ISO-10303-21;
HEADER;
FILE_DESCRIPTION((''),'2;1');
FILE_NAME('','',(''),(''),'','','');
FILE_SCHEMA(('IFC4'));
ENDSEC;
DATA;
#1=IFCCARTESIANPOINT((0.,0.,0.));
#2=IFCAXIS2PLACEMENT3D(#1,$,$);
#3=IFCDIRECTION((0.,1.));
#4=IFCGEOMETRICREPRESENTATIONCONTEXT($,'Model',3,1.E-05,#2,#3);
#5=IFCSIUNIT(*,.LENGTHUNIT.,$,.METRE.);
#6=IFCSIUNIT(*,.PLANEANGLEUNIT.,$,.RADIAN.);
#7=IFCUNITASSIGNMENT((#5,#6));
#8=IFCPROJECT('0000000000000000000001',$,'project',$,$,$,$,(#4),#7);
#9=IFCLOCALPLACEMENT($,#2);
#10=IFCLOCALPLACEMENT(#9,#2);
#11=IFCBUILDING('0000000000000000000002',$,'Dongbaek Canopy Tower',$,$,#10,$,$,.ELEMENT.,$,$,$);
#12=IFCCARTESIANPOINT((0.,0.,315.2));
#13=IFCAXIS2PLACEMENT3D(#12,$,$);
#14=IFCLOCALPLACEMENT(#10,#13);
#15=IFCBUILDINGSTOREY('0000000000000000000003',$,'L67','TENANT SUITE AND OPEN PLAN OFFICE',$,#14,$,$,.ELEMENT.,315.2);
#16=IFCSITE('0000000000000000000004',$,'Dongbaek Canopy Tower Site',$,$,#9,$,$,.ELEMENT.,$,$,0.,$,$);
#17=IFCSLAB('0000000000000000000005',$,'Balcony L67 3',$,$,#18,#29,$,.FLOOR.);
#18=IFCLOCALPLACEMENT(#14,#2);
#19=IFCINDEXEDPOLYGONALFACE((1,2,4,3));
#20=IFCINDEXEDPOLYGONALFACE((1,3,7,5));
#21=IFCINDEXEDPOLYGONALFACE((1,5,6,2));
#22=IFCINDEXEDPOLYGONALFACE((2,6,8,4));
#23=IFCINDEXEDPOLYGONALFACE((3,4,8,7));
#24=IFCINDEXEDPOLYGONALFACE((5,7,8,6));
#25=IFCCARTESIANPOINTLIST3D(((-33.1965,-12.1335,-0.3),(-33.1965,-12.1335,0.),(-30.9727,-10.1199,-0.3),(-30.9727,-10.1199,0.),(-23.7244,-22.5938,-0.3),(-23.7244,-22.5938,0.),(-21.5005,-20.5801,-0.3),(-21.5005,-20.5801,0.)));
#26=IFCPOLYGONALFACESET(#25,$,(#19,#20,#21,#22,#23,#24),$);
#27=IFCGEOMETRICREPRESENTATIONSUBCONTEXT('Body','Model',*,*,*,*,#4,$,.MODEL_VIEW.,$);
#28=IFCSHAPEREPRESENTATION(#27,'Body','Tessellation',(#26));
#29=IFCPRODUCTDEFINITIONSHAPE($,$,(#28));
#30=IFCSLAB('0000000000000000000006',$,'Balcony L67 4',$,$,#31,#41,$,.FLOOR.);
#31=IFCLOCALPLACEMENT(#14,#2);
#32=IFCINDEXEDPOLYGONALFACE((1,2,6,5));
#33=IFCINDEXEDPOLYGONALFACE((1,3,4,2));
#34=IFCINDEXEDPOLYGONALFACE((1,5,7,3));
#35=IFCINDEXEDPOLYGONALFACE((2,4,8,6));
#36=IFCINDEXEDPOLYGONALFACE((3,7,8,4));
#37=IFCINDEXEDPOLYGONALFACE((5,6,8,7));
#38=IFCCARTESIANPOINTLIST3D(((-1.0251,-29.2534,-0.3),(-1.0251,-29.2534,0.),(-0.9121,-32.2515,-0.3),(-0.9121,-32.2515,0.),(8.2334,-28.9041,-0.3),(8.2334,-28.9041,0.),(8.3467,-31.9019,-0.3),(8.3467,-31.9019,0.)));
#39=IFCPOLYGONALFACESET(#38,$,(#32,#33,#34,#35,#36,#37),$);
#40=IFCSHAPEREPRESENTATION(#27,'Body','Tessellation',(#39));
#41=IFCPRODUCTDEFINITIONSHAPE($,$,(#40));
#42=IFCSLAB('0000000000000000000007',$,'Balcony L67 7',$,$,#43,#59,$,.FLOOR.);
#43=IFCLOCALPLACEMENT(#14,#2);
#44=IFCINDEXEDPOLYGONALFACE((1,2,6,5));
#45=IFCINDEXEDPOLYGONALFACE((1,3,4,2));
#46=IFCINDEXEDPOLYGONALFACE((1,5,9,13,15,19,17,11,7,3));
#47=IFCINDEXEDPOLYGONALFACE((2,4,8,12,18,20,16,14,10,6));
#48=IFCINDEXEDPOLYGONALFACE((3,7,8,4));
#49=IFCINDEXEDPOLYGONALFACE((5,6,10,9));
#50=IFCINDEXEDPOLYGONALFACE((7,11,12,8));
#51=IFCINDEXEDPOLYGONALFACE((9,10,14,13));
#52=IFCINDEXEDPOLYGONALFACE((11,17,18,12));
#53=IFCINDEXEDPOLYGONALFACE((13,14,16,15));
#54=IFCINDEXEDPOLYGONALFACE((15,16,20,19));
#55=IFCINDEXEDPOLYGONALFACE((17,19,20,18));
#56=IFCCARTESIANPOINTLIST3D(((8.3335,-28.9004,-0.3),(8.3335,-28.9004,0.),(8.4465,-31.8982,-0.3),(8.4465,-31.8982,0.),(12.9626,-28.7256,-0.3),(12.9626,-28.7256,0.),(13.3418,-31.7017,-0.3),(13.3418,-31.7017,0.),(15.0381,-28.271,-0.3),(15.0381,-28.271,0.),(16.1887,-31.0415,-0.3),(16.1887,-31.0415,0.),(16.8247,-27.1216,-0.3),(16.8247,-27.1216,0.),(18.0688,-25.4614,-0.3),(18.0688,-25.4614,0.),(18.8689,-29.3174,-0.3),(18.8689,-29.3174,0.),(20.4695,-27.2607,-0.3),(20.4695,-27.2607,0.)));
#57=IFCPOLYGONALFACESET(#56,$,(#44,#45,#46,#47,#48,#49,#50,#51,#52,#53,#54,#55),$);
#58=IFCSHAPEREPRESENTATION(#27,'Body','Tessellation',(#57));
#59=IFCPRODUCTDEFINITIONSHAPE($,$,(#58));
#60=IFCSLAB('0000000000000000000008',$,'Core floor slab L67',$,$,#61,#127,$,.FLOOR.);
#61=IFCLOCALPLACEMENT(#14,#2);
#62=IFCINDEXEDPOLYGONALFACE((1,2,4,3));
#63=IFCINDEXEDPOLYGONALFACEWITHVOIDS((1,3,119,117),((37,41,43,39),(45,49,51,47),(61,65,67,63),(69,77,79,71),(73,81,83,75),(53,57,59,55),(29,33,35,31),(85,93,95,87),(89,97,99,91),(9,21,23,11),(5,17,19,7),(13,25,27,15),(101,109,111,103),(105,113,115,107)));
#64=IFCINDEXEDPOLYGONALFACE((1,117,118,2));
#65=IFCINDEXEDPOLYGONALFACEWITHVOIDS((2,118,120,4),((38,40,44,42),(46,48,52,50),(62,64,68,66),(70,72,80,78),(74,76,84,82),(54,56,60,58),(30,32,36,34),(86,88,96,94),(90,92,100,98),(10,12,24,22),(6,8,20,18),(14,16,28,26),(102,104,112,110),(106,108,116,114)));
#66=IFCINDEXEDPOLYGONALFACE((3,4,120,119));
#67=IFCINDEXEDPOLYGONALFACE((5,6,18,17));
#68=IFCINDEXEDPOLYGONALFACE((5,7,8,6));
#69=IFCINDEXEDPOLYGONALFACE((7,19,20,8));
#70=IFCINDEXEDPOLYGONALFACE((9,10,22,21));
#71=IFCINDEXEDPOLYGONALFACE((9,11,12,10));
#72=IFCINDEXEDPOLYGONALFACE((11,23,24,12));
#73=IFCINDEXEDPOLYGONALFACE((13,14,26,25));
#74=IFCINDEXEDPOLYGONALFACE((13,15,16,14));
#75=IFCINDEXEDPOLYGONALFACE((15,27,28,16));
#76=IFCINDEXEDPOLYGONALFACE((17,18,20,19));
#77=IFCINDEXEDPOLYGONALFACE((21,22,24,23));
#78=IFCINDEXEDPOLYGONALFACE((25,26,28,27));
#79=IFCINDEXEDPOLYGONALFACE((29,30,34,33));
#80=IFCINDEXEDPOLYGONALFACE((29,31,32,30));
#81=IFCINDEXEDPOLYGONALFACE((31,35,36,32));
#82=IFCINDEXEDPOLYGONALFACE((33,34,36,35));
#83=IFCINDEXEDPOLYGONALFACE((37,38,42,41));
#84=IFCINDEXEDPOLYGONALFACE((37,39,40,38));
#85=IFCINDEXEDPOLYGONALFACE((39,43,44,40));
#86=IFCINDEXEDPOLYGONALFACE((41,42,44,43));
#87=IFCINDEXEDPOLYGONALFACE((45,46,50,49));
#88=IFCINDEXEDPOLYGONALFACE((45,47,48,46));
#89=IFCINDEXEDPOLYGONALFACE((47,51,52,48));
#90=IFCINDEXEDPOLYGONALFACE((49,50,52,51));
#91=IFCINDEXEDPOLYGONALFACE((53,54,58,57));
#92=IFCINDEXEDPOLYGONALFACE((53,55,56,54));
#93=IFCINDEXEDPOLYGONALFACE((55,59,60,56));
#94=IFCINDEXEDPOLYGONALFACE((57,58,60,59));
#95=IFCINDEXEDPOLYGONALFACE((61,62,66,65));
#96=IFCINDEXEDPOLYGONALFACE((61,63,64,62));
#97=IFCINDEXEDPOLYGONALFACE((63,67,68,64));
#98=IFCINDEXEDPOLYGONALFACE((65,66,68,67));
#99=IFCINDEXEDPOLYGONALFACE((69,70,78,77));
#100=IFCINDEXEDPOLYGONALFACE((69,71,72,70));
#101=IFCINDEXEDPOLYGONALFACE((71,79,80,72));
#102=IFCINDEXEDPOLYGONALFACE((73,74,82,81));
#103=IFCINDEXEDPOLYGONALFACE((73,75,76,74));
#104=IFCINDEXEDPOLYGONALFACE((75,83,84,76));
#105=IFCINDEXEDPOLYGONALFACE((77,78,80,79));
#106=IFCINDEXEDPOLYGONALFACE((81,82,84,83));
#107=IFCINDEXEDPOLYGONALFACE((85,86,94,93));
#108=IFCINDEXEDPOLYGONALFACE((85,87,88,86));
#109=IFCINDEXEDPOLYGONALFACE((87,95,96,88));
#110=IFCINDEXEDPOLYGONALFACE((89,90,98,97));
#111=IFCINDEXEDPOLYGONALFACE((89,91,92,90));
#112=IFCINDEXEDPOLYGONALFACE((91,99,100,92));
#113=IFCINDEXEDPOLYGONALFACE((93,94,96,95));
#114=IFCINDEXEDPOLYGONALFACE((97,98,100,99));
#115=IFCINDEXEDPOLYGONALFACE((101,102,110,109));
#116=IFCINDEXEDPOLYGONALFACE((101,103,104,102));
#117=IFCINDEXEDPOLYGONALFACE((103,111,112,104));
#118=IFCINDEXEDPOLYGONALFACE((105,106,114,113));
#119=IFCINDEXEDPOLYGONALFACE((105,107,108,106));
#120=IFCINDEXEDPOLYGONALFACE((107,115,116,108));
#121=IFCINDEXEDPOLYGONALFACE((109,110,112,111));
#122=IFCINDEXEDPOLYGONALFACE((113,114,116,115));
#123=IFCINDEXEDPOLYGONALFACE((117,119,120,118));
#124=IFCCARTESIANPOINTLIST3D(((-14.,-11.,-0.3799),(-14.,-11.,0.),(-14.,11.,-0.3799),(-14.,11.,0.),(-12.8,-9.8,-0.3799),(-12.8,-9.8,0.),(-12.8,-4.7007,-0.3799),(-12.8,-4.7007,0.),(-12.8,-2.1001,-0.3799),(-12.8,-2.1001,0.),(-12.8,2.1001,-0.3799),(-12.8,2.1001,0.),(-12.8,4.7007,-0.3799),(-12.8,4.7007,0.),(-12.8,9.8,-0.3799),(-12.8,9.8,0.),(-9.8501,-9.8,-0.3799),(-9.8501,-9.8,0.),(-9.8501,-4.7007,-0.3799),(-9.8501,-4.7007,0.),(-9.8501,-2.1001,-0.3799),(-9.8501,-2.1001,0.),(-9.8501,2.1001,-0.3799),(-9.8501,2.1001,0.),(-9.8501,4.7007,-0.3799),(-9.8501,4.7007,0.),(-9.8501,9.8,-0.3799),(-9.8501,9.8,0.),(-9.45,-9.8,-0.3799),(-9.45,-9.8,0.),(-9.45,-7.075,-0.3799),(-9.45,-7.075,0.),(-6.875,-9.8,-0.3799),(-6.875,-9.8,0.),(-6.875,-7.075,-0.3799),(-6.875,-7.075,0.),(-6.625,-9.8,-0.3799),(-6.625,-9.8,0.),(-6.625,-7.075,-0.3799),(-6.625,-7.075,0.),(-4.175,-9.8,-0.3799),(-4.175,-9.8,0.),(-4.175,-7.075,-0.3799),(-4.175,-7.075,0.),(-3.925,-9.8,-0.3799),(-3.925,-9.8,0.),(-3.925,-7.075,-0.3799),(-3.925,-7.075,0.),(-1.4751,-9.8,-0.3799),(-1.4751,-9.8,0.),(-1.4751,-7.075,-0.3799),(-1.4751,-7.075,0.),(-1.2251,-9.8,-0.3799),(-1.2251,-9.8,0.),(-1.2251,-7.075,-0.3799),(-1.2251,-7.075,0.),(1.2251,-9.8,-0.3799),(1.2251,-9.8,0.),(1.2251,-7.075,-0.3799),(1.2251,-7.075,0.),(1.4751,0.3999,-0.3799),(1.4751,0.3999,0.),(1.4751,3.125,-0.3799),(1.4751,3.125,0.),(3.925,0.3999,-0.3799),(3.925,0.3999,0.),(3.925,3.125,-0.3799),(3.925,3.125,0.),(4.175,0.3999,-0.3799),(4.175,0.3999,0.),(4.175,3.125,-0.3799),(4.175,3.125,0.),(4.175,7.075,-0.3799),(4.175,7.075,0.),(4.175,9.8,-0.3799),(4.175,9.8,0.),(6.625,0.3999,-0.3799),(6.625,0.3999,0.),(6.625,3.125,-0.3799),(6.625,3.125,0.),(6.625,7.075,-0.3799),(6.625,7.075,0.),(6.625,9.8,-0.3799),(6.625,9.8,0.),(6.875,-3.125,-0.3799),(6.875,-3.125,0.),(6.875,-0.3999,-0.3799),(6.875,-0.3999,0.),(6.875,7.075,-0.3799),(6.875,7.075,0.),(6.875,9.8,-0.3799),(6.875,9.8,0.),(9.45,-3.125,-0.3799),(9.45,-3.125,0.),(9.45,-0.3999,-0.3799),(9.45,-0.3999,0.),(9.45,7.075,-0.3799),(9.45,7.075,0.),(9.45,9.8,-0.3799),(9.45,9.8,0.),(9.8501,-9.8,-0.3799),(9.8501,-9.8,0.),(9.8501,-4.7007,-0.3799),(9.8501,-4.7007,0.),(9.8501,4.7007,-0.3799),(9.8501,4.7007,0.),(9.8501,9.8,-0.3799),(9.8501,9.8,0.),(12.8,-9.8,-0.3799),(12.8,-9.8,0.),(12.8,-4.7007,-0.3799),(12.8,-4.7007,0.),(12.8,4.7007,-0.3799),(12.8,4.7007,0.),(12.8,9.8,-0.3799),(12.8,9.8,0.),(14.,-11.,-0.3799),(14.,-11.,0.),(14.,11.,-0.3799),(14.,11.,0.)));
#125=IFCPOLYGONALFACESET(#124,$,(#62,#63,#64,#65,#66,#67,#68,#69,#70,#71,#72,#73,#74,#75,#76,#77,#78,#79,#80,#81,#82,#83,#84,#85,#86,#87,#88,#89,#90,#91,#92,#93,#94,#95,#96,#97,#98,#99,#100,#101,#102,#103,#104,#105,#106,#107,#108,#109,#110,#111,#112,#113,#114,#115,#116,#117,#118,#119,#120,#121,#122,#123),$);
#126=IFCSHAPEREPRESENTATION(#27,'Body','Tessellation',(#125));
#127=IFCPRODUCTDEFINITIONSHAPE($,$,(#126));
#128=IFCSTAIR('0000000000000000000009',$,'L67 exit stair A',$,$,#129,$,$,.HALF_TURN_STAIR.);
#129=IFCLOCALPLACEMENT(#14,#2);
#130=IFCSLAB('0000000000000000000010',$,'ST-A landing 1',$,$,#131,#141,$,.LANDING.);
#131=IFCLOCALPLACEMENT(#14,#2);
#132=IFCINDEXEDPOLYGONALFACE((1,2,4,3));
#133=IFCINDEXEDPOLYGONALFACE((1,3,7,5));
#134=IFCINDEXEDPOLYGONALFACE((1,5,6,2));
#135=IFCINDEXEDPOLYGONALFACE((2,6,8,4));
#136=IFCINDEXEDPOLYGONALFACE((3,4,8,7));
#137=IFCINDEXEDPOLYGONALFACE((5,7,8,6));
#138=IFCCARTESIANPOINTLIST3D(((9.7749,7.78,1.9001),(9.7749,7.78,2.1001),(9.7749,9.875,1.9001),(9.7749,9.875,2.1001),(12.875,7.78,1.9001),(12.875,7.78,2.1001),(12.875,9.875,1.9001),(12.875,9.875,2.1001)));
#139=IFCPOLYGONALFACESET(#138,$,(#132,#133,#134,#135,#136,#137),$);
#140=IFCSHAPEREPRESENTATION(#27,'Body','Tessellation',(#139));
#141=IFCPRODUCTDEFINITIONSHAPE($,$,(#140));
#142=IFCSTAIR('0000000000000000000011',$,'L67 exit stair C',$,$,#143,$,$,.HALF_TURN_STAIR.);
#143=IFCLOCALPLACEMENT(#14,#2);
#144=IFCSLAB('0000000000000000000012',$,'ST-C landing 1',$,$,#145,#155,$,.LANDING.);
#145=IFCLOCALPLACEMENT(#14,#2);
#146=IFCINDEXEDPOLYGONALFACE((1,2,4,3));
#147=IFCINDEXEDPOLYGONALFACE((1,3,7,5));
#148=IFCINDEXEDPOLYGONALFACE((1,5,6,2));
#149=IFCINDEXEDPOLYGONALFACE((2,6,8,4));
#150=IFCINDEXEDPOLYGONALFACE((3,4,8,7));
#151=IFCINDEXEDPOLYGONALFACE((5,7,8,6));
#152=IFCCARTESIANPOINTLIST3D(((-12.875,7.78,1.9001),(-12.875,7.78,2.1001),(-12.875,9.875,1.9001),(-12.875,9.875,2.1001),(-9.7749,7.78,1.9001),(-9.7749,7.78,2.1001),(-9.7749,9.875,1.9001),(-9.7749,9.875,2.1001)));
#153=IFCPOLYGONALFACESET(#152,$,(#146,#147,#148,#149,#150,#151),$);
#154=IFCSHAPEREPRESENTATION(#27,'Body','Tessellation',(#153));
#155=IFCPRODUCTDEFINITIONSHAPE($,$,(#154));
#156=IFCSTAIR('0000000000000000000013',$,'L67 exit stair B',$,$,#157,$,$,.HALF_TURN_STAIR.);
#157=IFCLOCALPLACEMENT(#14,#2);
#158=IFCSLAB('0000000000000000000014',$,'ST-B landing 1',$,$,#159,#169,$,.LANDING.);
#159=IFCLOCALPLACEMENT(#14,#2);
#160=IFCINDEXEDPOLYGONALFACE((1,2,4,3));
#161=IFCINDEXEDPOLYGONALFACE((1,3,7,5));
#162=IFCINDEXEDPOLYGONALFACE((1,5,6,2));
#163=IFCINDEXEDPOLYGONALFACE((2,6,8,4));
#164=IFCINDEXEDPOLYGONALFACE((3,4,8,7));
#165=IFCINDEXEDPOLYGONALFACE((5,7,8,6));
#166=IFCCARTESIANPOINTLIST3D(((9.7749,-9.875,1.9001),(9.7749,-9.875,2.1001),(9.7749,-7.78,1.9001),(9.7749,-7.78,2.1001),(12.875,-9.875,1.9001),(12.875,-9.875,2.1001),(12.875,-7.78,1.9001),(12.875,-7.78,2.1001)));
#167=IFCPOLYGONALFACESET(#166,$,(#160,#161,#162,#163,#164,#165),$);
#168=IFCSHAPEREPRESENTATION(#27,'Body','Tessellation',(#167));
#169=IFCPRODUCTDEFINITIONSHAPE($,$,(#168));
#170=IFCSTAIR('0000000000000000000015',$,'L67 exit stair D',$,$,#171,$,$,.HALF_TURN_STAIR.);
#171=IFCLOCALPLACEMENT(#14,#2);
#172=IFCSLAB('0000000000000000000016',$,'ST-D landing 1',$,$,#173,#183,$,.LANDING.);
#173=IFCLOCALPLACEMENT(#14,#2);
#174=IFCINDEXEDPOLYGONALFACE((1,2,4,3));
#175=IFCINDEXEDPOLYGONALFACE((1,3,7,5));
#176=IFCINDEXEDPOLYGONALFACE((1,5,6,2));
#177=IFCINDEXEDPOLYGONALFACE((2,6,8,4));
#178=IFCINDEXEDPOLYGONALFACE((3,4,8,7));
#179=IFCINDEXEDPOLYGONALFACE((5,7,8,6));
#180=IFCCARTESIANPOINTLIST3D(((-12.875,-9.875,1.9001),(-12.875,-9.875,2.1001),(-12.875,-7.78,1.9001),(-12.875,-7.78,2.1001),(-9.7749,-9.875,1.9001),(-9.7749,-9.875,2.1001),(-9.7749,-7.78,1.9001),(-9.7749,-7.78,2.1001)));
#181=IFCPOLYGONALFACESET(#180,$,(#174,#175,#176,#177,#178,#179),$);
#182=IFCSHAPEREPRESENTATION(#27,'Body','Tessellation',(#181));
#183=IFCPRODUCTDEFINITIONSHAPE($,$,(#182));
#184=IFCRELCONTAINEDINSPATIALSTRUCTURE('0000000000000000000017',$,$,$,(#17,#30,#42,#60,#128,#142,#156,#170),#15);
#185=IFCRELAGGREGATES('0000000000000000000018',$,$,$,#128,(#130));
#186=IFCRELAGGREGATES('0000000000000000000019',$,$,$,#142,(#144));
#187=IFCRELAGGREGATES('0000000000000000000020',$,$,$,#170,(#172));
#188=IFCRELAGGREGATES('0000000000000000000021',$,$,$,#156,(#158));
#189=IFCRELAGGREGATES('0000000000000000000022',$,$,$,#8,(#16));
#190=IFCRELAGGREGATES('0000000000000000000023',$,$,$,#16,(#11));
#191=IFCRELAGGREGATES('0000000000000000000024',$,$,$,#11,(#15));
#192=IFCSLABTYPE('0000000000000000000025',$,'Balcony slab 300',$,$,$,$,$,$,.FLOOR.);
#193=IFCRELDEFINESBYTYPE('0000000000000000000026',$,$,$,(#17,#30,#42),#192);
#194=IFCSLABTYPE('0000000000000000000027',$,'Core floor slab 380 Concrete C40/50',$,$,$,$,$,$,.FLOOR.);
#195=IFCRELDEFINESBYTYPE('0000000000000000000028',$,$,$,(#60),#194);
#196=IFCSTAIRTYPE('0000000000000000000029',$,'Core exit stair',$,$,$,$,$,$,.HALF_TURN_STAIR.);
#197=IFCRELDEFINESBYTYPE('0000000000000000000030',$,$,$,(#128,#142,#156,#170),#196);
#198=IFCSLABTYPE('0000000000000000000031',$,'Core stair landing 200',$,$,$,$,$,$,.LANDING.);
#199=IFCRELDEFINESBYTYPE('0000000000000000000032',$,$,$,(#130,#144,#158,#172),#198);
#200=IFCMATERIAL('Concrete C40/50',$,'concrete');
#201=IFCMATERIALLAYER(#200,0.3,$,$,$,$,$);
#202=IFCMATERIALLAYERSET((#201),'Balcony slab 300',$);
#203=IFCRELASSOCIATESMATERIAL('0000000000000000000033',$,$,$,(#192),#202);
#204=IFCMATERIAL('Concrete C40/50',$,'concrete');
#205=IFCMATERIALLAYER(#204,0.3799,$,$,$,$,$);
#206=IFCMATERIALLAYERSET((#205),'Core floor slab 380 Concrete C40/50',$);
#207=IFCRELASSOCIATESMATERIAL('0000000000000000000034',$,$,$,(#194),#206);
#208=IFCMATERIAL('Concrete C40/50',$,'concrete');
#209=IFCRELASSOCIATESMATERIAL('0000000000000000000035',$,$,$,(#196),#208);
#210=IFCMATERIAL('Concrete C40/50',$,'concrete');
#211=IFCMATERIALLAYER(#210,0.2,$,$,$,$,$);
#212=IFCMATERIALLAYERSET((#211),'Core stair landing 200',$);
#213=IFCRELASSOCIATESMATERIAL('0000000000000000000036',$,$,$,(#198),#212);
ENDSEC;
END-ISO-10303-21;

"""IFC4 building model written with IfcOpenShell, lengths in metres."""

from ifc_helpers import new_model, si_unit, direction, frame, origin, place, context, subcontext, project, spatial, polyline, outline, extrude, material, layer, layer_set, type_object, element, aggregate, save


model = new_model("IFC4")

# Units and contexts
model_context = context("Model", 3, precision=1e-05, world=origin(), true_north=direction((0.0, 1.0)))
body_context = subcontext(model_context, "Body", "Model", "MODEL_VIEW")
ifc_project = project(units=[si_unit("LENGTHUNIT", "METRE"), si_unit("PLANEANGLEUNIT", "RADIAN")], contexts=[model_context])

# Site, building, storey
site_placement = place(None, origin())
site = spatial("IfcSite", under=ifc_project, at=site_placement, Name="Dongbaek Canopy Tower Site", CompositionType="ELEMENT", RefElevation=0.0)
building_placement = place(site_placement, origin())
building = spatial("IfcBuilding", under=site, at=building_placement, Name="Dongbaek Canopy Tower", CompositionType="ELEMENT")
storey_placement = place(building_placement, frame((0.0, 0.0, 315.2)))
storey = spatial("IfcBuildingStorey", under=building, at=storey_placement, Name="L67", Description="TENANT SUITE AND OPEN PLAN OFFICE", CompositionType="ELEMENT", Elevation=315.2)

# Slabs
ifc_material_1 = material(Name="Concrete C40/50", Category="concrete")
ifc_layer_1 = layer(ifc_material_1, 0.3)
ifc_layer_set_1 = layer_set([ifc_layer_1], Name="Balcony slab 300")
slab_type_1 = type_object("IfcSlabType", Name="Balcony slab 300", PredefinedType="FLOOR", material=ifc_layer_set_1)
slab_1_placement = place(storey_placement, frame((0.0, 0.0, -0.3)))
element("IfcSlab", 1, at=slab_1_placement, inside=storey, type_object=slab_type_1, Name="Balcony L67 3", PredefinedType="FLOOR", context=body_context, shape_type="SweptSolid", body=[
    extrude(outline(polyline([(-30.9727, -10.1199), (-21.5005, -20.5801), (-23.7244, -22.5938), (-33.1965, -12.1335), (-30.9727, -10.1199)])), origin(), (0.0, 0.0, 1.0), 0.3),
])
slab_2_placement = place(storey_placement, frame((0.0, 0.0, -0.3)))
element("IfcSlab", 2, at=slab_2_placement, inside=storey, type_object=slab_type_1, Name="Balcony L67 4", PredefinedType="FLOOR", context=body_context, shape_type="SweptSolid", body=[
    extrude(outline(polyline([(-1.0251, -29.2534), (8.2334, -28.9041), (8.3467, -31.9019), (-0.9121, -32.2515), (-1.0251, -29.2534)])), origin(), (0.0, 0.0, 1.0), 0.3),
])
slab_3_placement = place(storey_placement, frame((0.0, 0.0, -0.3)))
element("IfcSlab", 3, at=slab_3_placement, inside=storey, type_object=slab_type_1, Name="Balcony L67 7", PredefinedType="FLOOR", context=body_context, shape_type="SweptSolid", body=[
    extrude(outline(polyline([(8.3335, -28.9004), (12.9626, -28.7256), (15.0381, -28.271), (16.8247, -27.1216), (18.0688, -25.4614), (20.4695, -27.2607), (18.8689, -29.3174), (16.1887, -31.0415), (13.3418, -31.7017), (8.4465, -31.8982), (8.3335, -28.9004)])), origin(), (0.0, 0.0, 1.0), 0.3),
])
ifc_material_2 = material(Name="Concrete C40/50", Category="concrete")
ifc_layer_2 = layer(ifc_material_2, 0.3799)
ifc_layer_set_2 = layer_set([ifc_layer_2], Name="Core floor slab 380 Concrete C40/50")
slab_type_2 = type_object("IfcSlabType", Name="Core floor slab 380 Concrete C40/50", PredefinedType="FLOOR", material=ifc_layer_set_2)
slab_4_placement = place(storey_placement, frame((0.0, 0.0, -0.3799)))
element("IfcSlab", 4, at=slab_4_placement, inside=storey, type_object=slab_type_2, Name="Core floor slab L67", PredefinedType="FLOOR", context=body_context, shape_type="SweptSolid", body=[
    extrude(outline(polyline([(14.0, -11.0), (14.0, 11.0), (-14.0, 11.0), (-14.0, -11.0), (14.0, -11.0)]), holes=[polyline([(-12.8, 2.1001), (-9.8501, 2.1001), (-9.8501, -2.1001), (-12.8, -2.1001), (-12.8, 2.1001)]), polyline([(6.625, 9.8), (6.625, 7.075), (4.175, 7.075), (4.175, 9.8), (6.625, 9.8)]), polyline([(9.45, 7.075), (6.875, 7.075), (6.875, 9.8), (9.45, 9.8), (9.45, 7.075)]), polyline([(1.4751, 0.3999), (1.4751, 3.125), (3.925, 3.125), (3.925, 0.3999), (1.4751, 0.3999)]), polyline([(4.175, 0.3999), (4.175, 3.125), (6.625, 3.125), (6.625, 0.3999), (4.175, 0.3999)]), polyline([(9.45, -3.125), (6.875, -3.125), (6.875, -0.3999), (9.45, -0.3999), (9.45, -3.125)]), polyline([(-9.45, -7.075), (-6.875, -7.075), (-6.875, -9.8), (-9.45, -9.8), (-9.45, -7.075)]), polyline([(-6.625, -9.8), (-6.625, -7.075), (-4.175, -7.075), (-4.175, -9.8), (-6.625, -9.8)]), polyline([(-3.925, -9.8), (-3.925, -7.075), (-1.4751, -7.075), (-1.4751, -9.8), (-3.925, -9.8)]), polyline([(-1.2251, -9.8), (-1.2251, -7.075), (1.2251, -7.075), (1.2251, -9.8), (-1.2251, -9.8)]), polyline([(12.8, 4.7007), (12.8, 9.8), (9.8501, 9.8), (9.8501, 4.7007), (12.8, 4.7007)]), polyline([(-9.8501, 4.7007), (-9.8501, 9.8), (-12.8, 9.8), (-12.8, 4.7007), (-9.8501, 4.7007)]), polyline([(9.8501, -4.7007), (9.8501, -9.8), (12.8, -9.8), (12.8, -4.7007), (9.8501, -4.7007)]), polyline([(-12.8, -4.7007), (-12.8, -9.8), (-9.8501, -9.8), (-9.8501, -4.7007), (-12.8, -4.7007)])]), origin(), (0.0, 0.0, 1.0), 0.3799),
])

# Stairs, slabs
ifc_material_3 = material(Name="Concrete C40/50", Category="concrete")
stair_type = type_object("IfcStairType", Name="Core exit stair", PredefinedType="HALF_TURN_STAIR", material=ifc_material_3)
stair_1_placement = place(storey_placement, origin())
stair_1 = element("IfcStair", 5, at=stair_1_placement, inside=storey, type_object=stair_type, Name="L67 exit stair A", PredefinedType="HALF_TURN_STAIR")
ifc_material_4 = material(Name="Concrete C40/50", Category="concrete")
ifc_layer_3 = layer(ifc_material_4, 0.2)
ifc_layer_set_3 = layer_set([ifc_layer_3], Name="Core stair landing 200")
slab_type_3 = type_object("IfcSlabType", Name="Core stair landing 200", PredefinedType="LANDING", material=ifc_layer_set_3)
slab_5_placement = place(storey_placement, frame((0.0, 0.0, 1.9001)))
slab_5 = element("IfcSlab", 6, at=slab_5_placement, type_object=slab_type_3, Name="ST-A landing 1", PredefinedType="LANDING", context=body_context, shape_type="SweptSolid", body=[
    extrude(outline(polyline([(12.875, 7.78), (12.875, 9.875), (9.7749, 9.875), (9.7749, 7.78), (12.875, 7.78)])), origin(), (0.0, 0.0, 1.0), 0.2),
])
aggregate(stair_1, [slab_5])
stair_2_placement = place(storey_placement, origin())
stair_2 = element("IfcStair", 7, at=stair_2_placement, inside=storey, type_object=stair_type, Name="L67 exit stair C", PredefinedType="HALF_TURN_STAIR")
slab_6_placement = place(storey_placement, frame((0.0, 0.0, 1.9001)))
slab_6 = element("IfcSlab", 8, at=slab_6_placement, type_object=slab_type_3, Name="ST-C landing 1", PredefinedType="LANDING", context=body_context, shape_type="SweptSolid", body=[
    extrude(outline(polyline([(-9.7749, 7.78), (-9.7749, 9.875), (-12.875, 9.875), (-12.875, 7.78), (-9.7749, 7.78)])), origin(), (0.0, 0.0, 1.0), 0.2),
])
aggregate(stair_2, [slab_6])
stair_3_placement = place(storey_placement, origin())
stair_3 = element("IfcStair", 9, at=stair_3_placement, inside=storey, type_object=stair_type, Name="L67 exit stair B", PredefinedType="HALF_TURN_STAIR")
slab_7_placement = place(storey_placement, frame((0.0, 0.0, 1.9001)))
slab_7 = element("IfcSlab", 10, at=slab_7_placement, type_object=slab_type_3, Name="ST-B landing 1", PredefinedType="LANDING", context=body_context, shape_type="SweptSolid", body=[
    extrude(outline(polyline([(9.7749, -7.78), (9.7749, -9.875), (12.875, -9.875), (12.875, -7.78), (9.7749, -7.78)])), origin(), (0.0, 0.0, 1.0), 0.2),
])
stair_4_placement = place(storey_placement, origin())
stair_4 = element("IfcStair", 11, at=stair_4_placement, inside=storey, type_object=stair_type, Name="L67 exit stair D", PredefinedType="HALF_TURN_STAIR")
slab_8_placement = place(storey_placement, frame((0.0, 0.0, 1.9001)))
slab_8 = element("IfcSlab", 12, at=slab_8_placement, type_object=slab_type_3, Name="ST-D landing 1", PredefinedType="LANDING", context=body_context, shape_type="SweptSolid", body=[
    extrude(outline(polyline([(-12.875, -7.78), (-12.875, -9.875), (-9.7749, -9.875), (-9.7749, -7.78), (-12.875, -7.78)])), origin(), (0.0, 0.0, 1.0), 0.2),
])
aggregate(stair_4, [slab_8])

aggregate(stair_3, [slab_7])

save(model, "model.ifc")
